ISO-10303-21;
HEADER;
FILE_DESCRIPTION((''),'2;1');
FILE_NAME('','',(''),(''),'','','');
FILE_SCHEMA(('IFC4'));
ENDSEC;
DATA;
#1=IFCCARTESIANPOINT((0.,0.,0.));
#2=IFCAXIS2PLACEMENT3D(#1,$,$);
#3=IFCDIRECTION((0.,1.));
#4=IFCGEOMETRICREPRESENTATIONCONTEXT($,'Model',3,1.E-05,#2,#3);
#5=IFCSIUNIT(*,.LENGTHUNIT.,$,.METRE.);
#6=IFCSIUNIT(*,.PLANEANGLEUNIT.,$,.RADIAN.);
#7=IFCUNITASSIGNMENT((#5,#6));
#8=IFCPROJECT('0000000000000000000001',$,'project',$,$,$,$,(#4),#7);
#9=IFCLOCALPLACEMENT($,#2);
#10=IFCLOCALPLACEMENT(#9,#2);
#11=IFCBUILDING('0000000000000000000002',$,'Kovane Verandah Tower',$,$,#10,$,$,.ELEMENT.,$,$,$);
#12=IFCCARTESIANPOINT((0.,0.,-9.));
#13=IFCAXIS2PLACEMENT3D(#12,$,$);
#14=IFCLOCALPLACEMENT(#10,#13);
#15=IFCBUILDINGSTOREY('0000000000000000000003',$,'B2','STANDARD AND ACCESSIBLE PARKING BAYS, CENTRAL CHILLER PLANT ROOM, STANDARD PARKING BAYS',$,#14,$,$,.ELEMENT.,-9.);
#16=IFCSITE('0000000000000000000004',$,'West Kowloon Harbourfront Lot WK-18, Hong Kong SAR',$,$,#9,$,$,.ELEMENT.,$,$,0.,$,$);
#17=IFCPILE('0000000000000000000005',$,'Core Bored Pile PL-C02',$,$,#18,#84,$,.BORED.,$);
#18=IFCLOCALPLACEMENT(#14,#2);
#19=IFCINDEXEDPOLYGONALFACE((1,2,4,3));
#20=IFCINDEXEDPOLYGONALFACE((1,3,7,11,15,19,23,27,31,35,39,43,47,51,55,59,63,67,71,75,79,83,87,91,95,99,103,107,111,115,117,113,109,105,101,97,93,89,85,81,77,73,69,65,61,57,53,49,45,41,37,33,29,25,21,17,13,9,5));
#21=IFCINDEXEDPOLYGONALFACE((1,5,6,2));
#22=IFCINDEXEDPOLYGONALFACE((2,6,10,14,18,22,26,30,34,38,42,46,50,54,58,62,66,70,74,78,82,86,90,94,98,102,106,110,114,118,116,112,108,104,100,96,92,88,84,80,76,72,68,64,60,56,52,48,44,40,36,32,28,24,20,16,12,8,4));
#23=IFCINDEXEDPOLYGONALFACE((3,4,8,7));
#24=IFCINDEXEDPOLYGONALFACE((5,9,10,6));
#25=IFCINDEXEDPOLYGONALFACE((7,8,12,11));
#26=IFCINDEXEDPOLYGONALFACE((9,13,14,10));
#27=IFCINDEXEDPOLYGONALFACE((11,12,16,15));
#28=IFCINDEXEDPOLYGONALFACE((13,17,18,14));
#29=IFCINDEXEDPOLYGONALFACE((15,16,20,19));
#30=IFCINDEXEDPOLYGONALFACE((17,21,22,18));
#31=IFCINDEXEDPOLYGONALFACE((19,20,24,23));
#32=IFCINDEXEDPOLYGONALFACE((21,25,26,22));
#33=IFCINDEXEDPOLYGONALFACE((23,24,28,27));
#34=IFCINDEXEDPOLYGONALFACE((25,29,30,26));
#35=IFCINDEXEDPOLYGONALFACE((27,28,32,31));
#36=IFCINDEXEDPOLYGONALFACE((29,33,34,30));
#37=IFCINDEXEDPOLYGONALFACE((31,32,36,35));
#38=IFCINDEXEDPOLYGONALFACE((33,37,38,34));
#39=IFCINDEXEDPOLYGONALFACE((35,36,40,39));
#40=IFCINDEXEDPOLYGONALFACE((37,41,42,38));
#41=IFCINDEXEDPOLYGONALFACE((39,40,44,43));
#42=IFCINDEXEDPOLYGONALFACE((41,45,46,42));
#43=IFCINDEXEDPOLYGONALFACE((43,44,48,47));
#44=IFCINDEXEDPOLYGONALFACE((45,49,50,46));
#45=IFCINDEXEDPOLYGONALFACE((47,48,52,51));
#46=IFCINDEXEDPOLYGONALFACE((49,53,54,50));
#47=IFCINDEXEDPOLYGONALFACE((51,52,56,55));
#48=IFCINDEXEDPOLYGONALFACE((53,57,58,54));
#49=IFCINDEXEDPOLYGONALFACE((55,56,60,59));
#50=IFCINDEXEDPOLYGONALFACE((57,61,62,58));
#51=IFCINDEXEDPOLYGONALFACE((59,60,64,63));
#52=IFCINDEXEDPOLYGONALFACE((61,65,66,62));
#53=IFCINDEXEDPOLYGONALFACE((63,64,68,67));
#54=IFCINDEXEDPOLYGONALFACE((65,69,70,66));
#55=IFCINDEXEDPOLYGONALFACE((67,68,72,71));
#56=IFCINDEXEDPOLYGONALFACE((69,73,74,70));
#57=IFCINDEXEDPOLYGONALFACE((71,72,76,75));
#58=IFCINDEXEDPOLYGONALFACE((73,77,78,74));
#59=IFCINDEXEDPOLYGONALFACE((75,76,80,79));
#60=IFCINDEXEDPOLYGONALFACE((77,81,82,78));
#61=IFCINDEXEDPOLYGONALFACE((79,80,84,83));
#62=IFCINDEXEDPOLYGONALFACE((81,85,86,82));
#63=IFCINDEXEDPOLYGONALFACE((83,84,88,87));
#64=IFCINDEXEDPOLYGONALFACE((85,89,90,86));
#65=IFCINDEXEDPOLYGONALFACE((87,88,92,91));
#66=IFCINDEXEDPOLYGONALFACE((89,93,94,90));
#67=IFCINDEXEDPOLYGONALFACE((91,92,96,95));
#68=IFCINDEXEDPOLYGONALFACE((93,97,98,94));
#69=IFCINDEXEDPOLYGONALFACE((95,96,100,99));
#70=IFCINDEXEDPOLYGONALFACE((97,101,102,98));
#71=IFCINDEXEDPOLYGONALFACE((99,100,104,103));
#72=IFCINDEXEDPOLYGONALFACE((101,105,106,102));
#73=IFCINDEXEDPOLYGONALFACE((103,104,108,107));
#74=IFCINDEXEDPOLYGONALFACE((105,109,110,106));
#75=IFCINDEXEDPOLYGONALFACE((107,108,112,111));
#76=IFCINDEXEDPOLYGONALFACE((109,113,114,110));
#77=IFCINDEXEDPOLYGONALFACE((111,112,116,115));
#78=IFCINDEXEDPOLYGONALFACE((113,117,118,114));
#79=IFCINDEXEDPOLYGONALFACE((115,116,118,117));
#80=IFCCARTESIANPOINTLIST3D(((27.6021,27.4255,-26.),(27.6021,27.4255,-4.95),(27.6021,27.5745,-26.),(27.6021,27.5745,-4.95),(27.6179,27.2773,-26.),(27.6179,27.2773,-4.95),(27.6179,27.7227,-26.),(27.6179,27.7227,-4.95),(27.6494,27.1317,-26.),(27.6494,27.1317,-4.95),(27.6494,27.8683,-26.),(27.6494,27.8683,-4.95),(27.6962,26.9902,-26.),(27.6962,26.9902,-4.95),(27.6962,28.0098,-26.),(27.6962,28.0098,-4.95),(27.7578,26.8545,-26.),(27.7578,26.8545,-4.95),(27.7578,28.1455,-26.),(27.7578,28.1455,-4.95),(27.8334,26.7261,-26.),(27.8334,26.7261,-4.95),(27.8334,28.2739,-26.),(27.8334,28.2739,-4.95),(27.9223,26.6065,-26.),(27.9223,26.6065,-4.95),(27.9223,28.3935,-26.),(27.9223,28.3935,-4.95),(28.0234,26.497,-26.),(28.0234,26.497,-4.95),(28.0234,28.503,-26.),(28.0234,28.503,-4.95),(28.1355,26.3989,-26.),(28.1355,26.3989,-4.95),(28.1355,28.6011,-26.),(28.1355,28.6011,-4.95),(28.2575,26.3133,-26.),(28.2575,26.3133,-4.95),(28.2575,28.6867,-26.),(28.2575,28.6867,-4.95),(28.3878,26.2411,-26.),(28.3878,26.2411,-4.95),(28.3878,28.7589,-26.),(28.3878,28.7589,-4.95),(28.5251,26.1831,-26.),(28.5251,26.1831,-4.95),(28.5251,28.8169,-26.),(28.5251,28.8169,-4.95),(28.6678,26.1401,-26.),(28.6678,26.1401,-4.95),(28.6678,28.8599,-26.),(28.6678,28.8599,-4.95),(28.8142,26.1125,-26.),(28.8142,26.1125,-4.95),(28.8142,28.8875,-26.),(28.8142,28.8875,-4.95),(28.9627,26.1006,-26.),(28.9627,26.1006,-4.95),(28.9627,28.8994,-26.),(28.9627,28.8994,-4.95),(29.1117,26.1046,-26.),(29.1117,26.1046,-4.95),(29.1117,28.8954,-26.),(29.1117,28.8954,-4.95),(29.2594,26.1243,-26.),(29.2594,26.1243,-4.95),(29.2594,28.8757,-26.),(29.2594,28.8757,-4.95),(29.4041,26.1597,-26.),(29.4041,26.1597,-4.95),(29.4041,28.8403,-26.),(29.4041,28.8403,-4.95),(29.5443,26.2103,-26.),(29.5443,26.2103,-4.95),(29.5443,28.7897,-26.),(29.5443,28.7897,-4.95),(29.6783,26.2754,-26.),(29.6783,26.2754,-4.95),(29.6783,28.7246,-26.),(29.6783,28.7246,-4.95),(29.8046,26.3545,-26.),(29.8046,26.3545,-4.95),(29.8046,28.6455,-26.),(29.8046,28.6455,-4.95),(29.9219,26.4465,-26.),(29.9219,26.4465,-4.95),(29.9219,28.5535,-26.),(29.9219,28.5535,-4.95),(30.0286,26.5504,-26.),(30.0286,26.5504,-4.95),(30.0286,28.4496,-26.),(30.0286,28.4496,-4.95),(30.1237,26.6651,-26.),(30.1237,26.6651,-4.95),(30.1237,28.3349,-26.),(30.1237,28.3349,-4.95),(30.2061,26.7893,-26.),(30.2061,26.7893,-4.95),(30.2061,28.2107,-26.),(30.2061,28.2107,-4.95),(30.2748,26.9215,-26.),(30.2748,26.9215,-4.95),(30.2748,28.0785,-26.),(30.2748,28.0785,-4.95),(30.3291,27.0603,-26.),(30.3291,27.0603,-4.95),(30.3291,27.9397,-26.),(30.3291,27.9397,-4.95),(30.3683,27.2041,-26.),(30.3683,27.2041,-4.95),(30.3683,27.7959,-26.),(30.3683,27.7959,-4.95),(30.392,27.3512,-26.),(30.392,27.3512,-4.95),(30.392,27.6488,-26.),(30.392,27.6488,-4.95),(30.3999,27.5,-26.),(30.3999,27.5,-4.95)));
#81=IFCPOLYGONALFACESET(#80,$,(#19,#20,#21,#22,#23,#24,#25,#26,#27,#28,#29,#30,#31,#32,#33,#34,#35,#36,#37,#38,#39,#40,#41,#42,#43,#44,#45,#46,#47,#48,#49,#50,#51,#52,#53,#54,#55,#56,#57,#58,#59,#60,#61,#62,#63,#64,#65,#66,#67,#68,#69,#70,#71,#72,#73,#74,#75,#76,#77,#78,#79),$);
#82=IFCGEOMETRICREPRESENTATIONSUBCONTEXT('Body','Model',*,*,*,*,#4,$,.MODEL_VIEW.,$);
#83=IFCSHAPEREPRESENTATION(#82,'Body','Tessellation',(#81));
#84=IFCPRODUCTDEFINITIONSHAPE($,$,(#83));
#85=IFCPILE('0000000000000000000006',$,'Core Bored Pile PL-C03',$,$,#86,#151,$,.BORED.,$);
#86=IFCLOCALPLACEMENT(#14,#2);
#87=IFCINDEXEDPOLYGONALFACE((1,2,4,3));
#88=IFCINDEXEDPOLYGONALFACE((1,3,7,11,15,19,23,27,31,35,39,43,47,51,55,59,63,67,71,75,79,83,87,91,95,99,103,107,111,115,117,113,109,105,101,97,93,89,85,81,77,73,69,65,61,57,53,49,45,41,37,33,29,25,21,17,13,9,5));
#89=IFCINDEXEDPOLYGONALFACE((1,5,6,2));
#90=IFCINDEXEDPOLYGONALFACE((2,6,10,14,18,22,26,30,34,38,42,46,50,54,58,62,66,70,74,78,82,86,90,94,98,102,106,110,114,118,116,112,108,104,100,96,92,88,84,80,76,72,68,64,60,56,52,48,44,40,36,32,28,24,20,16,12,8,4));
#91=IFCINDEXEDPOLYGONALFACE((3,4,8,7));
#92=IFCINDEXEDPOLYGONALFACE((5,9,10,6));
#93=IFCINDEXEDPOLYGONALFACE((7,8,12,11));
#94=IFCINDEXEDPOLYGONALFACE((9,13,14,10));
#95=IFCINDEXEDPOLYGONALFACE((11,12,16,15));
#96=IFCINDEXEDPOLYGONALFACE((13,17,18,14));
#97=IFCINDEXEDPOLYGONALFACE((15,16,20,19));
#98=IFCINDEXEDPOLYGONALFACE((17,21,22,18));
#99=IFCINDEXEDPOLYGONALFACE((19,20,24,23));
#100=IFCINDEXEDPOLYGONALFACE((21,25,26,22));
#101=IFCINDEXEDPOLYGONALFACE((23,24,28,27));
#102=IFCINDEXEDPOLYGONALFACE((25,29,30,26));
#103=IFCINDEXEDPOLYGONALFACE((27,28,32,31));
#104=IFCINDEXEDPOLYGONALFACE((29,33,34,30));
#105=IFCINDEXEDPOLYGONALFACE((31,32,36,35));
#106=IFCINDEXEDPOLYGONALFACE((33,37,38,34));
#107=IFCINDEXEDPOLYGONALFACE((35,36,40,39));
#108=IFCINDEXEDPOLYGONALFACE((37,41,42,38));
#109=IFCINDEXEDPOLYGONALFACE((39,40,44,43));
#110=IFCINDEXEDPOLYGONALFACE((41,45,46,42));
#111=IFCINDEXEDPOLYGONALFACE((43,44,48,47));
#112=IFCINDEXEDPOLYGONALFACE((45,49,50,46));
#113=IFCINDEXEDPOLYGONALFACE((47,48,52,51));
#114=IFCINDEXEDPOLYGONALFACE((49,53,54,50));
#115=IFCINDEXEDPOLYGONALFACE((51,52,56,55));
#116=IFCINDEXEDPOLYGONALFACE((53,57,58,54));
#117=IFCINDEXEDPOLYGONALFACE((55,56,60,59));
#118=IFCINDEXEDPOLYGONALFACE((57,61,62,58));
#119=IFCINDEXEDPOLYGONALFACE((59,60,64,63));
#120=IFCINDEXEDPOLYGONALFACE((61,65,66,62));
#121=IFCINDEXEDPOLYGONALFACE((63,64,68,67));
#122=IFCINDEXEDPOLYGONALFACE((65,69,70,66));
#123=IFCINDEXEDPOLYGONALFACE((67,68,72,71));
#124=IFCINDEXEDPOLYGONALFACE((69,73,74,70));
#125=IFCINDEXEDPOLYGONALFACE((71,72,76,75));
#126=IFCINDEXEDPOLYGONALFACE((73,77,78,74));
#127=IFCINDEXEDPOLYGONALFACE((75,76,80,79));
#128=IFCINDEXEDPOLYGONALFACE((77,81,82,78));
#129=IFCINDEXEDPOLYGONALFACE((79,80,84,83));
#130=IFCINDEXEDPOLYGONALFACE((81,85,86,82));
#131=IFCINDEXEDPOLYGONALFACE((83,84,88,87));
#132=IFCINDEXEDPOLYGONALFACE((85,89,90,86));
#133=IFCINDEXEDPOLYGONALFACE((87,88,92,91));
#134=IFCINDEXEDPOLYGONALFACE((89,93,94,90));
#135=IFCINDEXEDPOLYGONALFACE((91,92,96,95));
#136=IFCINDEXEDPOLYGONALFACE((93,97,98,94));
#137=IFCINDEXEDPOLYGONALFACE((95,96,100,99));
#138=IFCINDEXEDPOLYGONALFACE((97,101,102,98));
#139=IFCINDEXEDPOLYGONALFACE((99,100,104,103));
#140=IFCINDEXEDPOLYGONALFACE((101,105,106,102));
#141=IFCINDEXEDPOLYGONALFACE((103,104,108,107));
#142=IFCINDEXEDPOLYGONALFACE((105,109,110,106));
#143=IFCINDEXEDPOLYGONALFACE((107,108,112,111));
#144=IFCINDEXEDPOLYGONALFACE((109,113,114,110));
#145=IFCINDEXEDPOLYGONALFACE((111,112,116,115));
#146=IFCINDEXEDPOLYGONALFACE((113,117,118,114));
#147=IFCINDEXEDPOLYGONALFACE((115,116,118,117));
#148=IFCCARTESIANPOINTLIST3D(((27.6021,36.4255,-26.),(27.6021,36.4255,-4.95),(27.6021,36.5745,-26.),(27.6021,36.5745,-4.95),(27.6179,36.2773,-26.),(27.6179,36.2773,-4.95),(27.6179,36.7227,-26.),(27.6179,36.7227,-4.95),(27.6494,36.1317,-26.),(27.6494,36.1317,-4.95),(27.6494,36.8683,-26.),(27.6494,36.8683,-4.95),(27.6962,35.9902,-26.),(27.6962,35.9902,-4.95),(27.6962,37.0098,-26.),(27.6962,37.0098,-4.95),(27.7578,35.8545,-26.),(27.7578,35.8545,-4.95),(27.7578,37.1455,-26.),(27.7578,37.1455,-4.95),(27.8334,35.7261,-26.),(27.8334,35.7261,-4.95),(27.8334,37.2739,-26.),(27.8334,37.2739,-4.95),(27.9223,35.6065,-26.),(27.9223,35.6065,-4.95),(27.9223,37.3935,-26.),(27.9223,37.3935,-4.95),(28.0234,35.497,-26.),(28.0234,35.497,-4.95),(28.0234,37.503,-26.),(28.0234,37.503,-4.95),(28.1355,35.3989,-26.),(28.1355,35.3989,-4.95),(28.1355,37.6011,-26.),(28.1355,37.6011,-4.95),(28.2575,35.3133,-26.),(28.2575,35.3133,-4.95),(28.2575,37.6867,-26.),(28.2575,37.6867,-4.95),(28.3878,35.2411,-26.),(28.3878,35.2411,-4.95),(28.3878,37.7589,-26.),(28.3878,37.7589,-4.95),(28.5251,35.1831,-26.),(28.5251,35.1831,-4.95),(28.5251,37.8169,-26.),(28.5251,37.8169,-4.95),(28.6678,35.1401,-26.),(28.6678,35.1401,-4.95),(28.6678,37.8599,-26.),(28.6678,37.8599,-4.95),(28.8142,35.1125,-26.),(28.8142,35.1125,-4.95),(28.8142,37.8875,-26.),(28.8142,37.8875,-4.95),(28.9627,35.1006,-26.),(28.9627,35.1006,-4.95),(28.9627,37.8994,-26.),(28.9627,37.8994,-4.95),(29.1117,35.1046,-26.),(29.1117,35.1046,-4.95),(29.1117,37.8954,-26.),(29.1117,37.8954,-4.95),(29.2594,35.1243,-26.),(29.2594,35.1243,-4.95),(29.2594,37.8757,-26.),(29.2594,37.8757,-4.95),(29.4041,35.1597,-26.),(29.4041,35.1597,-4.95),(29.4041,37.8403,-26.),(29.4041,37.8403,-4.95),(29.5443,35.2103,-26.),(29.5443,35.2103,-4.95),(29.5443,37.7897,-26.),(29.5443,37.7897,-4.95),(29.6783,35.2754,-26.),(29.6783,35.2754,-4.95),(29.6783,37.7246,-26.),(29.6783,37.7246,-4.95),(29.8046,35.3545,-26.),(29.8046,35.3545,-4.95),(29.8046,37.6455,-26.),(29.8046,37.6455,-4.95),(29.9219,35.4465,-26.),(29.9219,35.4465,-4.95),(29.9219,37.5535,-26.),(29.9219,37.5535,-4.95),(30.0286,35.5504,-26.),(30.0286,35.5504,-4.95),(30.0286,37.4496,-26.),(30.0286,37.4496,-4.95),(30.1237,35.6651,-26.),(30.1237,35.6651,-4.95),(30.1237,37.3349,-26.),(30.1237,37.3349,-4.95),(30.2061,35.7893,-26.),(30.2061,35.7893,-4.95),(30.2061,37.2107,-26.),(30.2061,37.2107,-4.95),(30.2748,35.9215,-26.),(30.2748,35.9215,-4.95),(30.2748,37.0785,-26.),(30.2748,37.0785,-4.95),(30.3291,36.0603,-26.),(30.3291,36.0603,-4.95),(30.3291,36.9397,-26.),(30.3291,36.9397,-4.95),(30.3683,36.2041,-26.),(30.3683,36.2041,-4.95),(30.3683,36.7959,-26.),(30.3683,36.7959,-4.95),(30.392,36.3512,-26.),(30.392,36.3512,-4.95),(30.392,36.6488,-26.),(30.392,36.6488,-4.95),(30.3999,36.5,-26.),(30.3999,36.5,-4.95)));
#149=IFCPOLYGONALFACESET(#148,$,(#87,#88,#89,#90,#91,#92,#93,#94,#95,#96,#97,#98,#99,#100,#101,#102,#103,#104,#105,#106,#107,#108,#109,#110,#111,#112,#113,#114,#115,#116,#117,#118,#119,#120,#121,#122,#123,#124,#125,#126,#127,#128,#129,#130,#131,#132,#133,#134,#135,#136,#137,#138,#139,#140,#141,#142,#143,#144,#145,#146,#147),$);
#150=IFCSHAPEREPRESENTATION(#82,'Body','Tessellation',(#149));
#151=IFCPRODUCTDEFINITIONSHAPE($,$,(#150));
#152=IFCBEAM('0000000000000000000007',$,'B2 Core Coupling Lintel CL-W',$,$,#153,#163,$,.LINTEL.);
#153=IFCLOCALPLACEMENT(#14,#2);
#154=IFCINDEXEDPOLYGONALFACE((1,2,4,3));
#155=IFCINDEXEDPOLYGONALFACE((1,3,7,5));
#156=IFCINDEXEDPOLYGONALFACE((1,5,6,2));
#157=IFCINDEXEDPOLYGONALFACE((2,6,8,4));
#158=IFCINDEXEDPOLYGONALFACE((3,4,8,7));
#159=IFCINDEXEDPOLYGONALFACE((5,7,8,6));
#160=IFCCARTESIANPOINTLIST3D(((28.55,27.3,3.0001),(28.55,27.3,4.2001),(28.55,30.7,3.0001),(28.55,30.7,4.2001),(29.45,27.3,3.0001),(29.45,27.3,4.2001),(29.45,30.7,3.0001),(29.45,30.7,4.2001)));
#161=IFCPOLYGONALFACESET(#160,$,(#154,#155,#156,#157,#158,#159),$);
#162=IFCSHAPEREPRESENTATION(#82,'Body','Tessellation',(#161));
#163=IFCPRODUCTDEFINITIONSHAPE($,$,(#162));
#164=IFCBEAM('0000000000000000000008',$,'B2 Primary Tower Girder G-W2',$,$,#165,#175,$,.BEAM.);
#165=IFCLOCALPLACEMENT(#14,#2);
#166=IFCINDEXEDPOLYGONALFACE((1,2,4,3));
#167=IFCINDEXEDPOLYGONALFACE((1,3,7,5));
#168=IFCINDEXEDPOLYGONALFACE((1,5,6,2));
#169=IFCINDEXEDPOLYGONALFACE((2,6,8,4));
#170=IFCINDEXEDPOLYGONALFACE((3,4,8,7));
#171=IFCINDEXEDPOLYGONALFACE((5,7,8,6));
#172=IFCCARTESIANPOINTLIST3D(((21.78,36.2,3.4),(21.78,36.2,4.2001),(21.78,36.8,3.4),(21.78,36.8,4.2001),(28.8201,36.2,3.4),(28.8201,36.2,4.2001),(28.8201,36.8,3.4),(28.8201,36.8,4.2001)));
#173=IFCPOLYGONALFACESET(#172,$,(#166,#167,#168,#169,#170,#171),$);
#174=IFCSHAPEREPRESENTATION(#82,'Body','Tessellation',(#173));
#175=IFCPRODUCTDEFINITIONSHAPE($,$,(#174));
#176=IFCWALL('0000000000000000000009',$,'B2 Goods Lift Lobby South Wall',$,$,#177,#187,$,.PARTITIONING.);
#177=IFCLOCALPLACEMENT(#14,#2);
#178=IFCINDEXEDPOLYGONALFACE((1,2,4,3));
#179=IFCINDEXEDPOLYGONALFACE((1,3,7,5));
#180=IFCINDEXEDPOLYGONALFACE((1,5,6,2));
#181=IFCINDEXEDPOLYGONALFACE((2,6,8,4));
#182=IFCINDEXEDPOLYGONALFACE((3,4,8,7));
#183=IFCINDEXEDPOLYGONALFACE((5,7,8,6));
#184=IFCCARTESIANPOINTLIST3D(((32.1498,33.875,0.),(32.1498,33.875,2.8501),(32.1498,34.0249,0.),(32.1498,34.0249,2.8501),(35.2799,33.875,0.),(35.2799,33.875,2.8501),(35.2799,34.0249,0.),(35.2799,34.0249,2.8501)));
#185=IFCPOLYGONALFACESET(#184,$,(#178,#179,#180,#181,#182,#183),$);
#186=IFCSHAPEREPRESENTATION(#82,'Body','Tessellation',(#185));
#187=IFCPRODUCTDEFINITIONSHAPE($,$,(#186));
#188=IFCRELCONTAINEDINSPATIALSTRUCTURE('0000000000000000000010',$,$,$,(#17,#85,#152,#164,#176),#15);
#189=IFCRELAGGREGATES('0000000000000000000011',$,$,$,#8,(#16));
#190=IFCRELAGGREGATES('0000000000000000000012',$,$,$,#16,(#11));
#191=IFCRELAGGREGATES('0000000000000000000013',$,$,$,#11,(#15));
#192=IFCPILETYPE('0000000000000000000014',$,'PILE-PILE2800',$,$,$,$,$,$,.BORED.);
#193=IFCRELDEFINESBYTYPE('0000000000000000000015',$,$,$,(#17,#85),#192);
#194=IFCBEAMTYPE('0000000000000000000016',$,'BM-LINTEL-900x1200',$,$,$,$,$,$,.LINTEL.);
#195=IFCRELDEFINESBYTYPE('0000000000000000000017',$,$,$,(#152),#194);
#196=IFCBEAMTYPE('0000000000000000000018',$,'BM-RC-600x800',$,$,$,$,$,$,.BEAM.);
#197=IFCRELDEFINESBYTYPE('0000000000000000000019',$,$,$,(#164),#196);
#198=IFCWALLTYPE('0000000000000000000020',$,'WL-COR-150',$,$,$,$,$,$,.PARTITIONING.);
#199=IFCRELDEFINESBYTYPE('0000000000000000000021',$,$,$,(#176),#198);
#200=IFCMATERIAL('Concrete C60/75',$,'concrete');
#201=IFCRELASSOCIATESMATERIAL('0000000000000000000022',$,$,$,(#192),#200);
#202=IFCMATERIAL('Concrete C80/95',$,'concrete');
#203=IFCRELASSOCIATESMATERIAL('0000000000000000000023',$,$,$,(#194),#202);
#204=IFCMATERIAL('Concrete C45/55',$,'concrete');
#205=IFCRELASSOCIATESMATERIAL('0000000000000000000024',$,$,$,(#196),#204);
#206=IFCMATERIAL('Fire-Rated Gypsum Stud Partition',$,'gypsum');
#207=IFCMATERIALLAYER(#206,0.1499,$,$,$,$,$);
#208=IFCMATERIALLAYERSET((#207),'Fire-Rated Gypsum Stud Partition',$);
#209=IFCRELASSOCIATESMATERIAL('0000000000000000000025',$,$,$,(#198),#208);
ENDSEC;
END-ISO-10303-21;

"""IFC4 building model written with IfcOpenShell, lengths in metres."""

from ifc_helpers import new_model, si_unit, direction, frame, frame_2d, origin, origin_2d, place, context, subcontext, project, spatial, rectangle, circle, extrude, material, layer, layer_set, material_profile, profile_set, type_object, element, save


model = new_model("IFC4")

# Units and contexts
model_context = context("Model", 3, precision=1e-05, world=origin(), true_north=direction((0.0, 1.0)))
body_context = subcontext(model_context, "Body", "Model", "MODEL_VIEW")
ifc_project = project(units=[si_unit("LENGTHUNIT", "METRE"), si_unit("PLANEANGLEUNIT", "RADIAN")], contexts=[model_context])

# Site, building, storey
site_placement = place(None, origin())
site = spatial("IfcSite", under=ifc_project, at=site_placement, Name="West Kowloon Harbourfront Lot WK-18, Hong Kong SAR", CompositionType="ELEMENT", RefElevation=0.0)
building_placement = place(site_placement, origin())
building = spatial("IfcBuilding", under=site, at=building_placement, Name="Kovane Verandah Tower", CompositionType="ELEMENT")
storey_placement = place(building_placement, frame((0.0, 0.0, -9.0)))
storey = spatial("IfcBuildingStorey", under=building, at=storey_placement, Name="B2", Description="STANDARD AND ACCESSIBLE PARKING BAYS, CENTRAL CHILLER PLANT ROOM, STANDARD PARKING BAYS", CompositionType="ELEMENT", Elevation=-9.0)

# Piles
ifc_material_1 = material(Name="Concrete C60/75", Category="concrete")
ifc_material_profile_1 = material_profile(ifc_material_1, circle(Radius=1.3999, at=origin_2d()), Name="PILE2800")
ifc_profile_set_1 = profile_set([ifc_material_profile_1], Name="Concrete C60/75")
pile_type = type_object("IfcPileType", Name="PILE-PILE2800", PredefinedType="BORED", material=ifc_profile_set_1)
for number, where, z_axis, x_axis, name in (
    (1, (29.0, 27.5, -4.95), (0.0, 0.0, -1.0), (1.0, 0.0, 0.0), "Core Bored Pile PL-C02"),
    (2, (29.0, 36.5, -4.95), (0.0, 0.0, -1.0), (1.0, 0.0, 0.0), "Core Bored Pile PL-C03"),
):
    element("IfcPile", number, at=place(storey_placement, frame(where, z_axis=z_axis, x_axis=x_axis)), inside=storey, type_object=pile_type, Name=name, PredefinedType="BORED", context=body_context, shape_type="SweptSolid", body=[
        extrude(circle(Radius=1.3999, at=origin_2d()), origin(), (0.0, 0.0, 1.0), 21.05),
    ])

# Beams
ifc_material_2 = material(Name="Concrete C80/95", Category="concrete")
ifc_material_profile_2 = material_profile(ifc_material_2, rectangle(XDim=0.8999, YDim=1.2, at=origin_2d()), Name="RCB900x1200")
ifc_profile_set_2 = profile_set([ifc_material_profile_2], Name="Concrete C80/95")
beam_type_1 = type_object("IfcBeamType", Name="BM-LINTEL-900x1200", PredefinedType="LINTEL", material=ifc_profile_set_2)
beam_1_placement = place(storey_placement, frame((29.0, 27.3, 3.6001), z_axis=(0.0, 1.0, 0.0), x_axis=(-1.0, 0.0, 0.0)))
element("IfcBeam", 3, at=beam_1_placement, inside=storey, type_object=beam_type_1, Name="B2 Core Coupling Lintel CL-W", PredefinedType="LINTEL", context=body_context, shape_type="SweptSolid", body=[
    extrude(rectangle(XDim=0.8999, YDim=1.2, at=origin_2d()), origin(), (0.0, 0.0, 1.0), 3.3999),
])
ifc_material_3 = material(Name="Concrete C45/55", Category="concrete")
ifc_material_profile_3 = material_profile(ifc_material_3, rectangle(XDim=0.6001, YDim=0.8, at=origin_2d()), Name="RCB600x800")
ifc_profile_set_3 = profile_set([ifc_material_profile_3], Name="Concrete C45/55")
beam_type_2 = type_object("IfcBeamType", Name="BM-RC-600x800", PredefinedType="BEAM", material=ifc_profile_set_3)
beam_2_placement = place(storey_placement, frame((28.8201, 36.5, 3.8), z_axis=(-1.0, 0.0, 0.0), x_axis=(0.0, -1.0, 0.0)))
element("IfcBeam", 4, at=beam_2_placement, inside=storey, type_object=beam_type_2, Name="B2 Primary Tower Girder G-W2", PredefinedType="BEAM", context=body_context, shape_type="SweptSolid", body=[
    extrude(rectangle(XDim=0.6001, YDim=0.8, at=origin_2d()), origin(), (0.0, 0.0, 1.0), 7.04),
])

# Wall
ifc_material_4 = material(Name="Fire-Rated Gypsum Stud Partition", Category="gypsum")
ifc_layer_1 = layer(ifc_material_4, 0.1499)
ifc_layer_set_1 = layer_set([ifc_layer_1], Name="Fire-Rated Gypsum Stud Partition")
wall_type_1 = type_object("IfcWallType", Name="WL-COR-150", PredefinedType="PARTITIONING", material=ifc_layer_set_1)
wall_1_placement = place(storey_placement, frame((32.1499, 33.95, 0.0), z_axis=(0.0, 0.0, 1.0), x_axis=(1.0, 0.0, 0.0)))
element("IfcWall", 5, at=wall_1_placement, inside=storey, type_object=wall_type_1, Name="B2 Goods Lift Lobby South Wall", PredefinedType="PARTITIONING", context=body_context, shape_type="SweptSolid", body=[
    extrude(rectangle(XDim=3.1301, YDim=0.1499, at=frame_2d((1.5649, 0.0))), origin(), (0.0, 0.0, 1.0), 2.8501),
])

save(model, "model.ifc")
